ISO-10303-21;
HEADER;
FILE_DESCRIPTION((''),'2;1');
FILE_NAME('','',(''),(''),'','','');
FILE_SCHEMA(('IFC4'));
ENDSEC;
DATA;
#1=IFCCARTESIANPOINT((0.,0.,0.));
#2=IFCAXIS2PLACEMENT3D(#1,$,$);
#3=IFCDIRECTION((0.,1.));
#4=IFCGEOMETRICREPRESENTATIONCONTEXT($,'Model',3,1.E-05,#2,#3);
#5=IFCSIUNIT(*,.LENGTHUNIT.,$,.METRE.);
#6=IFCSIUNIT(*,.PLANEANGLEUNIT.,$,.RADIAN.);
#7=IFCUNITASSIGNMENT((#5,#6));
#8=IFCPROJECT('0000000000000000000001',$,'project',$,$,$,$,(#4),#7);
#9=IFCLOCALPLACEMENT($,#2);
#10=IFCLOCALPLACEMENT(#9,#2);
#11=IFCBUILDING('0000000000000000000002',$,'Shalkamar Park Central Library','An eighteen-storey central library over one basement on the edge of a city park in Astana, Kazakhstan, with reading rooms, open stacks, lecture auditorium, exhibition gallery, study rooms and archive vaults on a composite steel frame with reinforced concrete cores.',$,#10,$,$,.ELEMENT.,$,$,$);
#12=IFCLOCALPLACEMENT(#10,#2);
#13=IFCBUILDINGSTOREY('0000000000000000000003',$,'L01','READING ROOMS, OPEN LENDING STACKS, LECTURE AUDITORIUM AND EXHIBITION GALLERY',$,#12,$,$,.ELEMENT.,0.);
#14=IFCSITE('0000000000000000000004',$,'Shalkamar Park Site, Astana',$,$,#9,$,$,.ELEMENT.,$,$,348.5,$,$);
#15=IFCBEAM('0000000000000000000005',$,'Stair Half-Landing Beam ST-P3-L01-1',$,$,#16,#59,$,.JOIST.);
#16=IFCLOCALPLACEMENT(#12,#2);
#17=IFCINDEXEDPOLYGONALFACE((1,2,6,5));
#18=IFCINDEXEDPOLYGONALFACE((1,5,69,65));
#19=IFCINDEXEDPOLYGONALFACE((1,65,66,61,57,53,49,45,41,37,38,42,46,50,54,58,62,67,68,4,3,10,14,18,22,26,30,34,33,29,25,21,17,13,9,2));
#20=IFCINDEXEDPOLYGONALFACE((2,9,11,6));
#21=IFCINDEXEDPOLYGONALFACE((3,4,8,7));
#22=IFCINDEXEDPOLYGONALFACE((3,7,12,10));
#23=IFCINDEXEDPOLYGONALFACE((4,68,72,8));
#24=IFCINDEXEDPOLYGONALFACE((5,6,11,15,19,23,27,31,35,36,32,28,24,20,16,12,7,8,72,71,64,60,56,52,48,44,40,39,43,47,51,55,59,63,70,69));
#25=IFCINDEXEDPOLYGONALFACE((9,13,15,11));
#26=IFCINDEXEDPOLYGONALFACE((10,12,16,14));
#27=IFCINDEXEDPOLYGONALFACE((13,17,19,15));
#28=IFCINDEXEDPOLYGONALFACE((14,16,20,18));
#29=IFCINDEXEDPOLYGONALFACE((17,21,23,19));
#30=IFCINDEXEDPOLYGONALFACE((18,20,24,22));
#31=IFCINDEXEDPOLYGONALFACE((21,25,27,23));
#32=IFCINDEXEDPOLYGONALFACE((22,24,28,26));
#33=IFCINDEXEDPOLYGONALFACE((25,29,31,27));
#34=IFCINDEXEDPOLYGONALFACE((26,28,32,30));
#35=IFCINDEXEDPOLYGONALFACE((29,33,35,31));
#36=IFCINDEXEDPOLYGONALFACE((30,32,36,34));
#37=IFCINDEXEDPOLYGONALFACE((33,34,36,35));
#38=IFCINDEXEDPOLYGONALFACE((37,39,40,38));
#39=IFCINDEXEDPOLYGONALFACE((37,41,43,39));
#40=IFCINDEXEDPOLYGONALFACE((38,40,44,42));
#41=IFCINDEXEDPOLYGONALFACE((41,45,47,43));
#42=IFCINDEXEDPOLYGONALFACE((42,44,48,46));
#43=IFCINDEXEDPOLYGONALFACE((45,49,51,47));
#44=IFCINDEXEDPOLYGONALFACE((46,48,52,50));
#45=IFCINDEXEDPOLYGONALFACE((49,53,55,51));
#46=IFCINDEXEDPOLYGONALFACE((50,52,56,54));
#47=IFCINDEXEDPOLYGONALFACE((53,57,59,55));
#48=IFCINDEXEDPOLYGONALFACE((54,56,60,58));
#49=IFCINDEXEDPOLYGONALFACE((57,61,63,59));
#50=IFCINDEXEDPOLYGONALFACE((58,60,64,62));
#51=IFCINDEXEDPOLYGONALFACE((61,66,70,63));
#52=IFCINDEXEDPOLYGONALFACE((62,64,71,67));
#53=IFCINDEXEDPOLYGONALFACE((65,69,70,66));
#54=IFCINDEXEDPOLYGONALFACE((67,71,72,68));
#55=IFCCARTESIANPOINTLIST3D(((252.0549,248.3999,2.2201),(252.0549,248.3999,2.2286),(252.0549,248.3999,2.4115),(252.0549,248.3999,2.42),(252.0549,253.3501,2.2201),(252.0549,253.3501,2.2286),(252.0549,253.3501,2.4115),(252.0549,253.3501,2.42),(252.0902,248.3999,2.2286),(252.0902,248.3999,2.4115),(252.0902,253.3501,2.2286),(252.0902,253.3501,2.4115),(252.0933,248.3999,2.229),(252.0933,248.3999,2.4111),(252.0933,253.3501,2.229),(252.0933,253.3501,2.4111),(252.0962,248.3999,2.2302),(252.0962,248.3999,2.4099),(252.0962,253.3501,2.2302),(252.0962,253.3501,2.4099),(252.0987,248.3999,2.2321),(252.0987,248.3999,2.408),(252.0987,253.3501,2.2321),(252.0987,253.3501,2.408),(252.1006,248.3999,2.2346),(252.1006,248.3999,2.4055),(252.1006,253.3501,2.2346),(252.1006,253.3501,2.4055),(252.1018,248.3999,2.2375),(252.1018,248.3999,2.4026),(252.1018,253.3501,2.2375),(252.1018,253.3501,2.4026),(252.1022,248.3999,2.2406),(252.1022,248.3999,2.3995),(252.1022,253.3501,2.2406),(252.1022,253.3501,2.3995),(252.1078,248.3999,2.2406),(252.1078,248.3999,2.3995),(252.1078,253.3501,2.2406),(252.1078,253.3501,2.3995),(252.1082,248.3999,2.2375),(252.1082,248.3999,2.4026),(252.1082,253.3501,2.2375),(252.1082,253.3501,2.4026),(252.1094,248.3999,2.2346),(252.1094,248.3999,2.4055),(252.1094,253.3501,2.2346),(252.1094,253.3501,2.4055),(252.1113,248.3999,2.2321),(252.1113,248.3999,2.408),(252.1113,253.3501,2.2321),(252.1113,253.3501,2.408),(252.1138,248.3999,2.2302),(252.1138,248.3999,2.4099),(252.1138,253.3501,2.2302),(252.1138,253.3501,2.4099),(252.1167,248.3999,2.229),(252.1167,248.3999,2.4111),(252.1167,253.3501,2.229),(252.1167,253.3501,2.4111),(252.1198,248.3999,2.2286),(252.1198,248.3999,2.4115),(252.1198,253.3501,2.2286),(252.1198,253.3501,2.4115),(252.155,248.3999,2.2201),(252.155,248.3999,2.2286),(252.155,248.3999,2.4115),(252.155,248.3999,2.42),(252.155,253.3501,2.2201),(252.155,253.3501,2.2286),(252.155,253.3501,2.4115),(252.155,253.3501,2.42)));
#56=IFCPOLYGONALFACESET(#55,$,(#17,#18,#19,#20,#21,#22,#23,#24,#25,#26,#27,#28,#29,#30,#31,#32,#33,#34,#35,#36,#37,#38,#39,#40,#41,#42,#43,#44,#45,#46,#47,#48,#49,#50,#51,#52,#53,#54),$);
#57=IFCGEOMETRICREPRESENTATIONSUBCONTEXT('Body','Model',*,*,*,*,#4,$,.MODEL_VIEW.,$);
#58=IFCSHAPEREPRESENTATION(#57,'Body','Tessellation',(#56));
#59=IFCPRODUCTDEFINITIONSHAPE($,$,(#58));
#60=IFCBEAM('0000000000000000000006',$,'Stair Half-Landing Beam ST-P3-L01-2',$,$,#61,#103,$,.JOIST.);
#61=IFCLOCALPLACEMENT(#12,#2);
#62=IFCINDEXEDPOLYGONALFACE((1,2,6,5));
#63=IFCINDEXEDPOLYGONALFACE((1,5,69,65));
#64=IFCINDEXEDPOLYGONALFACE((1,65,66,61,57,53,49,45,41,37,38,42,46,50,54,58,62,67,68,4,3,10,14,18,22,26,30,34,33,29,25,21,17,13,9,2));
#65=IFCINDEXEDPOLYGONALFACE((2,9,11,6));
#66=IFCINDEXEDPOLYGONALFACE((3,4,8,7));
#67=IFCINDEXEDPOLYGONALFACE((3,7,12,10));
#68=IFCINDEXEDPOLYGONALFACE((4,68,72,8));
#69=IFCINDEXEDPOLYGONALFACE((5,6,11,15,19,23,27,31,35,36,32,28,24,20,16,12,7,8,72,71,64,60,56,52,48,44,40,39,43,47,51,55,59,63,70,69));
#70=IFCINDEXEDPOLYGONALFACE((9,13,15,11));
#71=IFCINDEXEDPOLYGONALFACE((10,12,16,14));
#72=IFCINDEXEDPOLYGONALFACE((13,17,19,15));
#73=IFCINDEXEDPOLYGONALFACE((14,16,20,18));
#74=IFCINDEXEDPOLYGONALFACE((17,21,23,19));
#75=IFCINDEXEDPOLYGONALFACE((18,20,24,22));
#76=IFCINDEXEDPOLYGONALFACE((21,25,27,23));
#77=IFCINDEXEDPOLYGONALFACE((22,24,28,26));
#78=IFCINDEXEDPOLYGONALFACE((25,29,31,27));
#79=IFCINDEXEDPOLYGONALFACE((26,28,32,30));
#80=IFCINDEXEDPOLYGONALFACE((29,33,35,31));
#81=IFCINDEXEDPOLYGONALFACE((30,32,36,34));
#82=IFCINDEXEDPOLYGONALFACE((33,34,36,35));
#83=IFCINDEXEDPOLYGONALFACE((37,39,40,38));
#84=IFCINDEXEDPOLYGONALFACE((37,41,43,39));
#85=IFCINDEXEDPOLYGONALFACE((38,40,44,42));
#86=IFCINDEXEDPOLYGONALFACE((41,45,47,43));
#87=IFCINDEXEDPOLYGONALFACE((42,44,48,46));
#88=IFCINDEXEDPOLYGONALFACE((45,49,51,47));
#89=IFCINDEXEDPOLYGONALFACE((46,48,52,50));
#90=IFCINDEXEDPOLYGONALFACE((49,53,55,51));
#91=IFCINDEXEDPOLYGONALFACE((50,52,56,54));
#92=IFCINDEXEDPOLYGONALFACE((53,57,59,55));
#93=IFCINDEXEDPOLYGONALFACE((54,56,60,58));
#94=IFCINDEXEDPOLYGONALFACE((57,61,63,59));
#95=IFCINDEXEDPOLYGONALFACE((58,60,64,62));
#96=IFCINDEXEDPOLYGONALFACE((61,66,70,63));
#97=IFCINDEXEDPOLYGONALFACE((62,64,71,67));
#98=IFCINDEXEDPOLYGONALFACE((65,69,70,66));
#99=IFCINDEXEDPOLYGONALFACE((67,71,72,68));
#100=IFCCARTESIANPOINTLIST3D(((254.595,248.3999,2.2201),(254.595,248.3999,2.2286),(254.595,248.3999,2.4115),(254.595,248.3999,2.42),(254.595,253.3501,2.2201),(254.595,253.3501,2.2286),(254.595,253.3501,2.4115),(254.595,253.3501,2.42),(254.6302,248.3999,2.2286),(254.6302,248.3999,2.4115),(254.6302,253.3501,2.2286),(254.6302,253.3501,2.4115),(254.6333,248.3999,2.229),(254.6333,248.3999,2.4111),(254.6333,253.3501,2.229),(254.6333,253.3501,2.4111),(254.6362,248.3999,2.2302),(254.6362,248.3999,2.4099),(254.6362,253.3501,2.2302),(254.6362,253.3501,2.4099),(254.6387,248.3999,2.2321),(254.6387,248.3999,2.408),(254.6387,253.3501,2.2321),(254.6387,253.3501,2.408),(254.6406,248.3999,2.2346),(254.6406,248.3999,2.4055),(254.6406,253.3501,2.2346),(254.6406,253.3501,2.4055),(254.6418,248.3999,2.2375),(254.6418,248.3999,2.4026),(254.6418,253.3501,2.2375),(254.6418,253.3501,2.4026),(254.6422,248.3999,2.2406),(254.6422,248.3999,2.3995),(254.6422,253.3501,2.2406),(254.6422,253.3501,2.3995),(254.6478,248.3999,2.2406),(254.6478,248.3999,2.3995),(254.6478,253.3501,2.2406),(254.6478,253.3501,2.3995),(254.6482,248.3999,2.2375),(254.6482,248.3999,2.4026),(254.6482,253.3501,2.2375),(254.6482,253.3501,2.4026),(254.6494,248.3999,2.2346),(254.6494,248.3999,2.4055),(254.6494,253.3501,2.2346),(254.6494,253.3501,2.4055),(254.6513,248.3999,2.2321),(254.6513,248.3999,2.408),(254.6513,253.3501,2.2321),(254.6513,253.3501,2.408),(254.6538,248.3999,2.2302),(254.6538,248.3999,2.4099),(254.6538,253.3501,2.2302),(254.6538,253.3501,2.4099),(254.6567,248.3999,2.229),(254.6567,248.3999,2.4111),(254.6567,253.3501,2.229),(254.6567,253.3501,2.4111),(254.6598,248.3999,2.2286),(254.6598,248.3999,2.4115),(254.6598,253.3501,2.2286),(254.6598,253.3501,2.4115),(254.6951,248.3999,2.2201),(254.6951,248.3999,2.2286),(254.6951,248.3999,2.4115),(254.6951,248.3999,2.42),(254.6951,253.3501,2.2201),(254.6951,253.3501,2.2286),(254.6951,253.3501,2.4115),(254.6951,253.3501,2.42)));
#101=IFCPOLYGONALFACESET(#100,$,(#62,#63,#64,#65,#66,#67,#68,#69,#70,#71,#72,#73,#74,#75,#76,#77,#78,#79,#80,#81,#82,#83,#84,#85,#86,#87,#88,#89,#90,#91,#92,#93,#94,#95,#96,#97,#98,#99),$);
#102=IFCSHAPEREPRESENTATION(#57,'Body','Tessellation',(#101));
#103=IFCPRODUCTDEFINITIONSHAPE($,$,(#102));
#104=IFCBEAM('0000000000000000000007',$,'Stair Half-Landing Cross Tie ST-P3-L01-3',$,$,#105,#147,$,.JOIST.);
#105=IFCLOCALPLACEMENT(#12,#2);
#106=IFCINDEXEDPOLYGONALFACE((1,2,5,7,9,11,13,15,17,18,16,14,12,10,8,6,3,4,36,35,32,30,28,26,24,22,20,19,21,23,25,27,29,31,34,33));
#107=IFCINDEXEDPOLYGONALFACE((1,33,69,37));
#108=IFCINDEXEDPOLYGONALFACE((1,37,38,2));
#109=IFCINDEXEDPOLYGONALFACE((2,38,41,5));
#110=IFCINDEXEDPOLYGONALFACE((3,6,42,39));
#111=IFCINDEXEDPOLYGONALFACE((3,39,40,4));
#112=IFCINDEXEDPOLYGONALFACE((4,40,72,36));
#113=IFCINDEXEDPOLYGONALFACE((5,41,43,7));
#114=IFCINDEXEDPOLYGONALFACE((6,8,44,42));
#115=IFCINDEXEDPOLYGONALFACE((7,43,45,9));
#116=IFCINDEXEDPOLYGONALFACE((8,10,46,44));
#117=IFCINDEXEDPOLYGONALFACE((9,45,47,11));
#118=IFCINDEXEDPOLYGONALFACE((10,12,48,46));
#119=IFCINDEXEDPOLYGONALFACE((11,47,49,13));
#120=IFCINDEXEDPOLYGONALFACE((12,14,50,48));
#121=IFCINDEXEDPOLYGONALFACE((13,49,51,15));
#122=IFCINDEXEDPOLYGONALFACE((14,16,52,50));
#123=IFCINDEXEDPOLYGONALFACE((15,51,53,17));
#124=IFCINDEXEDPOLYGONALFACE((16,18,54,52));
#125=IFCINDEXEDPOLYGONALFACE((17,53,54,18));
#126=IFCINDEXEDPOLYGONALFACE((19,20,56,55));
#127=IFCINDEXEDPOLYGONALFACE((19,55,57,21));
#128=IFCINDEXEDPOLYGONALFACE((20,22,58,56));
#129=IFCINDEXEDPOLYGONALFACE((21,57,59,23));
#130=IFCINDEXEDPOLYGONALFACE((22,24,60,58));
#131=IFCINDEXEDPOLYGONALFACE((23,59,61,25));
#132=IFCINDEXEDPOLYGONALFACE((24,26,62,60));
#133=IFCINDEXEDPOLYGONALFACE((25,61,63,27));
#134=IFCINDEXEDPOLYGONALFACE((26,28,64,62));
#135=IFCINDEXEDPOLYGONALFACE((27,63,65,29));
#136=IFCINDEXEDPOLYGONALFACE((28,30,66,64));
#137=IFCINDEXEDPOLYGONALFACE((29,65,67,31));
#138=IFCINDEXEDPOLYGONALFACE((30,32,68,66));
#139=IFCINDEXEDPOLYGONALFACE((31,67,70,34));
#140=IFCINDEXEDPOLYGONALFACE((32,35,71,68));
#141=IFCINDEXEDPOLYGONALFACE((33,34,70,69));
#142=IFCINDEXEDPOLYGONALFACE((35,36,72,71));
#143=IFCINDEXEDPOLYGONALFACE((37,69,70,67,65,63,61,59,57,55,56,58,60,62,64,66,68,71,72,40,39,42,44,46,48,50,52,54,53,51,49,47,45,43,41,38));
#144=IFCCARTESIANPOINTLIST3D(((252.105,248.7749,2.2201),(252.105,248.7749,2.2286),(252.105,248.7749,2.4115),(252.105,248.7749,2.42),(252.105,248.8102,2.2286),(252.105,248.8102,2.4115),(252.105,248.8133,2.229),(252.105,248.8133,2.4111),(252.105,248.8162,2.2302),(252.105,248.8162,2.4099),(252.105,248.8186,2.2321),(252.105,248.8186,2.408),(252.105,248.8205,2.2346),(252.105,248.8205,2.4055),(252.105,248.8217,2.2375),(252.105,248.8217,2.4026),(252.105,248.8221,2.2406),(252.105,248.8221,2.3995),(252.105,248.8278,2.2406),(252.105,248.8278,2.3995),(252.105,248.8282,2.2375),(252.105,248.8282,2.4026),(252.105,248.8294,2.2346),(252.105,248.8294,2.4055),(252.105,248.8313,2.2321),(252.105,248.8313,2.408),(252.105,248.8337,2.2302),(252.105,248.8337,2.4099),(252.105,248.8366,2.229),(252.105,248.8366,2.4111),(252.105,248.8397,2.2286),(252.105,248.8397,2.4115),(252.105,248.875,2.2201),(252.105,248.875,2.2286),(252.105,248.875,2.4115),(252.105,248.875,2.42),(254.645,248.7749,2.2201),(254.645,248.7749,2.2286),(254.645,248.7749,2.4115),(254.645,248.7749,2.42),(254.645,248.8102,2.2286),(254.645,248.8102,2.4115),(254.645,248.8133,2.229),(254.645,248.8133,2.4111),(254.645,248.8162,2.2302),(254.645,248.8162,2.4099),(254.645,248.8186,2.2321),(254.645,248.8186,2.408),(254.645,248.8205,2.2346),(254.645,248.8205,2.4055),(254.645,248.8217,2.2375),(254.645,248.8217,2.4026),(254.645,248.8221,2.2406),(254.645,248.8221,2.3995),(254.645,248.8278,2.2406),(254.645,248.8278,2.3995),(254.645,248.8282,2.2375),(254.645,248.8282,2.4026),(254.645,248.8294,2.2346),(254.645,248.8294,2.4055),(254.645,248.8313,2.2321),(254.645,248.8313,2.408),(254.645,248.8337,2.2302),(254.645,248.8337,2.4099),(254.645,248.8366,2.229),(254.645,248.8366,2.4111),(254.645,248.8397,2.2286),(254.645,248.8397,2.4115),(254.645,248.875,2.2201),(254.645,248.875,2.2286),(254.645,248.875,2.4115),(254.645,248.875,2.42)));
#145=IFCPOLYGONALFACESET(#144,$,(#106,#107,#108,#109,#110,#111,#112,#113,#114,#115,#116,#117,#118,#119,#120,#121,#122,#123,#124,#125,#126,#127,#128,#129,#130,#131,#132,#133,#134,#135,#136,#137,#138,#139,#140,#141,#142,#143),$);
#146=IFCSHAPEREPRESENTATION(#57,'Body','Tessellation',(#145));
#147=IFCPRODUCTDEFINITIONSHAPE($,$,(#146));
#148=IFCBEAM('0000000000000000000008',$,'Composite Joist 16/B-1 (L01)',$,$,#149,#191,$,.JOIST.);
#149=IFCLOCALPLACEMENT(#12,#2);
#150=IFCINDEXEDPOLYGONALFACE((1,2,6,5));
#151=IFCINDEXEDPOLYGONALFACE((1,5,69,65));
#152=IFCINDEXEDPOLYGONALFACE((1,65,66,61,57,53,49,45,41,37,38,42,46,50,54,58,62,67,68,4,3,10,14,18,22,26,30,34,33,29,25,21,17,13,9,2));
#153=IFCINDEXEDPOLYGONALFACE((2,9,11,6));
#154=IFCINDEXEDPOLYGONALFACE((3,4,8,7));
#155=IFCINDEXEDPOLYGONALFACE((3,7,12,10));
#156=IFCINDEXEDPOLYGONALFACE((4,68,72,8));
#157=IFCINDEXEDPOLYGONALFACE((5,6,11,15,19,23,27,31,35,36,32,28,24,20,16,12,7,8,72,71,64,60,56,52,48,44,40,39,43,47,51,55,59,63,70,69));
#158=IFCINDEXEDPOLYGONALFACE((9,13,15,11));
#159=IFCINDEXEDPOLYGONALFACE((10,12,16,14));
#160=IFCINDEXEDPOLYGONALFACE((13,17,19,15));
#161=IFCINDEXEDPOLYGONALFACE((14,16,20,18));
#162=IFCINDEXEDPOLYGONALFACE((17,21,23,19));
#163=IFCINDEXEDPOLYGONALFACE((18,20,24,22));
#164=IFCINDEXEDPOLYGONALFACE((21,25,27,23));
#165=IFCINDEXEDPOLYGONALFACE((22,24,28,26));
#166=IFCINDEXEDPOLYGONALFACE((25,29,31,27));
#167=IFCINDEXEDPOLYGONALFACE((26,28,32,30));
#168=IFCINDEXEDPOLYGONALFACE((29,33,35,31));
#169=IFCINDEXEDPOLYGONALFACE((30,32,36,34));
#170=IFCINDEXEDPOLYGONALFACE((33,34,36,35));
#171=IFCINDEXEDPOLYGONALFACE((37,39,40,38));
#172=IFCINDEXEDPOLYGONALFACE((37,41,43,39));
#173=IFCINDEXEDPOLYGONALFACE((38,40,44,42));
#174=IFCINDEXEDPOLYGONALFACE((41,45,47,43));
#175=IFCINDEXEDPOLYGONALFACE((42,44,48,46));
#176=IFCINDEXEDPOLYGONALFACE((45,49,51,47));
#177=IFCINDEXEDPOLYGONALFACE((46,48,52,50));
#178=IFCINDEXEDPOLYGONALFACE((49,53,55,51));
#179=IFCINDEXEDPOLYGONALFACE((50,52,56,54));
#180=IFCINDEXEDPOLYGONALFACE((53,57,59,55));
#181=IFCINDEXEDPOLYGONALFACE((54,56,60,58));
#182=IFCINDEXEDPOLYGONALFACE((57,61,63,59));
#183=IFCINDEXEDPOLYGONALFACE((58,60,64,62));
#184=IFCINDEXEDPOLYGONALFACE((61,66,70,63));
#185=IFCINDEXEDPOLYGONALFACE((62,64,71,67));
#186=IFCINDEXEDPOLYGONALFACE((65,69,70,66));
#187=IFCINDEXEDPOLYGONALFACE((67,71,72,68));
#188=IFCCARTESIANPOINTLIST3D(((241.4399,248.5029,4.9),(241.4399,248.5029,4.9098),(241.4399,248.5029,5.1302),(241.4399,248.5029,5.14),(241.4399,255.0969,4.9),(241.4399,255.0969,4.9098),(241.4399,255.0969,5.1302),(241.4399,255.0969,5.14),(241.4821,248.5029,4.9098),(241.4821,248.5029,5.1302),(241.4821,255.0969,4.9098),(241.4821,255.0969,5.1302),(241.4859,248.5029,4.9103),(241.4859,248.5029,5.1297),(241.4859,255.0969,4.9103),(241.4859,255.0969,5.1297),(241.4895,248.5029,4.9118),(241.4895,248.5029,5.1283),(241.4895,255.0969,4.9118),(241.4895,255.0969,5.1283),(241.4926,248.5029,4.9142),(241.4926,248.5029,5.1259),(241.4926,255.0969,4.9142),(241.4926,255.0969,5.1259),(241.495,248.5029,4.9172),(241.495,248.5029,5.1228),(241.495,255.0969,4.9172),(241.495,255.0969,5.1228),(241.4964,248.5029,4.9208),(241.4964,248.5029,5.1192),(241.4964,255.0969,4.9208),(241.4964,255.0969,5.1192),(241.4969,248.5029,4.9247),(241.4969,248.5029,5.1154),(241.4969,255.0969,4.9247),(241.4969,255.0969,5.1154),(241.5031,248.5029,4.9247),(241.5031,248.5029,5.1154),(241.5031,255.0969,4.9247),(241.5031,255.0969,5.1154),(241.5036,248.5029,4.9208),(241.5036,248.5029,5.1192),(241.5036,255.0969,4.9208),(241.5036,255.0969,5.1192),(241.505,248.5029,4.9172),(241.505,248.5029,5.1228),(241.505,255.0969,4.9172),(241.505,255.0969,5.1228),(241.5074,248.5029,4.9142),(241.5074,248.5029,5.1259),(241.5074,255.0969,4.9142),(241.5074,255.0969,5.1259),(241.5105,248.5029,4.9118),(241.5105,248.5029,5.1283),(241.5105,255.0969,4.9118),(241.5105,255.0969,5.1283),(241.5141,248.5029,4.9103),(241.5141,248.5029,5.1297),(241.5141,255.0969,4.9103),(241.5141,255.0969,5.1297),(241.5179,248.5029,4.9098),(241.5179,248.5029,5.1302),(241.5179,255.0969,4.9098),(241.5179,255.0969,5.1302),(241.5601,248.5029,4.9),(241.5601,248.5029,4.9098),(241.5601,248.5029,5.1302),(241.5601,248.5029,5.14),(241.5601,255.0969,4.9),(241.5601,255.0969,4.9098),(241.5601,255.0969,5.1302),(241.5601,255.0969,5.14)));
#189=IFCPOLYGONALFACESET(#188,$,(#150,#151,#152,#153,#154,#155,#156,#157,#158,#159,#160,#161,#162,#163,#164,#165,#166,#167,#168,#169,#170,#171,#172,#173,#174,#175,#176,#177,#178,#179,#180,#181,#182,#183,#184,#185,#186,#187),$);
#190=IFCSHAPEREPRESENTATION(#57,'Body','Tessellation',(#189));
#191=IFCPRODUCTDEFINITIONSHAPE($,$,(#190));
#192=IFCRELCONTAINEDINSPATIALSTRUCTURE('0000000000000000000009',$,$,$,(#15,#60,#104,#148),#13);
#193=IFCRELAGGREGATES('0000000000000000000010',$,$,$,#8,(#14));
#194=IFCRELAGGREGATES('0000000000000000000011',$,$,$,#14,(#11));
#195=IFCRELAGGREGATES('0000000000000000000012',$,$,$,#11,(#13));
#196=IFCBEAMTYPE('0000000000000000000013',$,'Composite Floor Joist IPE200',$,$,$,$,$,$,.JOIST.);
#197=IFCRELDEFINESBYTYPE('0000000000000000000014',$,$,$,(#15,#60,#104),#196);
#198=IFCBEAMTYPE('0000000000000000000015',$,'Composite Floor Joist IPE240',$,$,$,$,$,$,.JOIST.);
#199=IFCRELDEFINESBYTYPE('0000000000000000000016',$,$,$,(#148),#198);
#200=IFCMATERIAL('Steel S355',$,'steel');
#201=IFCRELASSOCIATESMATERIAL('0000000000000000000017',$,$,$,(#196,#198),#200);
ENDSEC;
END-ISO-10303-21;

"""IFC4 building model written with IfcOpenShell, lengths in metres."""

from ifc_helpers import new_model, si_unit, direction, frame, origin, origin_2d, place, context, subcontext, project, spatial, i_section, extrude, material, material_profile, profile_set, type_object, element, save


model = new_model("IFC4")

# Units and contexts
model_context = context("Model", 3, precision=1e-05, world=origin(), true_north=direction((0.0, 1.0)))
body_context = subcontext(model_context, "Body", "Model", "MODEL_VIEW")
ifc_project = project(units=[si_unit("LENGTHUNIT", "METRE"), si_unit("PLANEANGLEUNIT", "RADIAN")], contexts=[model_context])

# Site, building, storey
site_placement = place(None, origin())
site = spatial("IfcSite", under=ifc_project, at=site_placement, Name="Shalkamar Park Site, Astana", CompositionType="ELEMENT", RefElevation=348.5)
building_placement = place(site_placement, origin())
building = spatial("IfcBuilding", under=site, at=building_placement, Name="Shalkamar Park Central Library", Description="An eighteen-storey central library over one basement on the edge of a city park in Astana, Kazakhstan, with reading rooms, open stacks, lecture auditorium, exhibition gallery, study rooms and archive vaults on a composite steel frame with reinforced concrete cores.", CompositionType="ELEMENT")
storey_placement = place(building_placement, origin())
storey = spatial("IfcBuildingStorey", under=building, at=storey_placement, Name="L01", Description="READING ROOMS, OPEN LENDING STACKS, LECTURE AUDITORIUM AND EXHIBITION GALLERY", CompositionType="ELEMENT", Elevation=0.0)

# Shared definitions
ifc_material_1 = material(Name="Steel S355", Category="steel")

# Beams
ifc_material_profile_1 = material_profile(ifc_material_1, i_section(OverallWidth=0.1001, OverallDepth=0.2, WebThickness=0.0056, FlangeThickness=0.0085, FilletRadius=0.012, at=origin_2d()), Name="IPE 200")
ifc_profile_set_1 = profile_set([ifc_material_profile_1], Name="Steel S355")
beam_type_1 = type_object("IfcBeamType", Name="Composite Floor Joist IPE200", PredefinedType="JOIST", material=ifc_profile_set_1)
for number, where, z_axis, x_axis, name in (
    (1, (252.105, 248.3999, 2.3201), (0.0, 1.0, 0.0), (-1.0, 0.0, 0.0), "Stair Half-Landing Beam ST-P3-L01-1"),
    (2, (254.645, 248.3999, 2.3201), (0.0, 1.0, 0.0), (-1.0, 0.0, 0.0), "Stair Half-Landing Beam ST-P3-L01-2"),
):
    element("IfcBeam", number, at=place(storey_placement, frame(where, z_axis=z_axis, x_axis=x_axis)), inside=storey, type_object=beam_type_1, Name=name, PredefinedType="JOIST", context=body_context, shape_type="SweptSolid", body=[
        extrude(i_section(OverallWidth=0.1001, OverallDepth=0.2, WebThickness=0.0056, FlangeThickness=0.0085, FilletRadius=0.012, at=origin_2d()), origin(), (0.0, 0.0, 1.0), 4.9502),
    ])
beam_1_placement = place(storey_placement, frame((252.105, 248.825, 2.3201), z_axis=(1.0, 0.0, 0.0), x_axis=(0.0, 1.0, 0.0)))
element("IfcBeam", 3, at=beam_1_placement, inside=storey, type_object=beam_type_1, Name="Stair Half-Landing Cross Tie ST-P3-L01-3", PredefinedType="JOIST", context=body_context, shape_type="SweptSolid", body=[
    extrude(i_section(OverallWidth=0.1001, OverallDepth=0.2, WebThickness=0.0056, FlangeThickness=0.0085, FilletRadius=0.012, at=origin_2d()), origin(), (0.0, 0.0, 1.0), 2.54),
])
ifc_material_profile_2 = material_profile(ifc_material_1, i_section(OverallWidth=0.1201, OverallDepth=0.24, WebThickness=0.0061, FlangeThickness=0.0098, FilletRadius=0.0149, at=origin_2d()), Name="IPE 240")
ifc_profile_set_2 = profile_set([ifc_material_profile_2], Name="Steel S355")
beam_type_2 = type_object("IfcBeamType", Name="Composite Floor Joist IPE240", PredefinedType="JOIST", material=ifc_profile_set_2)
beam_2_placement = place(storey_placement, frame((241.5, 248.5029, 5.02), z_axis=(0.0, 1.0, 0.0), x_axis=(-1.0, 0.0, 0.0)))
element("IfcBeam", 4, at=beam_2_placement, inside=storey, type_object=beam_type_2, Name="Composite Joist 16/B-1 (L01)", PredefinedType="JOIST", context=body_context, shape_type="SweptSolid", body=[
    extrude(i_section(OverallWidth=0.1201, OverallDepth=0.24, WebThickness=0.0061, FlangeThickness=0.0098, FilletRadius=0.0149, at=origin_2d()), origin(), (0.0, 0.0, 1.0), 6.594),
])

save(model, "model.ifc")
